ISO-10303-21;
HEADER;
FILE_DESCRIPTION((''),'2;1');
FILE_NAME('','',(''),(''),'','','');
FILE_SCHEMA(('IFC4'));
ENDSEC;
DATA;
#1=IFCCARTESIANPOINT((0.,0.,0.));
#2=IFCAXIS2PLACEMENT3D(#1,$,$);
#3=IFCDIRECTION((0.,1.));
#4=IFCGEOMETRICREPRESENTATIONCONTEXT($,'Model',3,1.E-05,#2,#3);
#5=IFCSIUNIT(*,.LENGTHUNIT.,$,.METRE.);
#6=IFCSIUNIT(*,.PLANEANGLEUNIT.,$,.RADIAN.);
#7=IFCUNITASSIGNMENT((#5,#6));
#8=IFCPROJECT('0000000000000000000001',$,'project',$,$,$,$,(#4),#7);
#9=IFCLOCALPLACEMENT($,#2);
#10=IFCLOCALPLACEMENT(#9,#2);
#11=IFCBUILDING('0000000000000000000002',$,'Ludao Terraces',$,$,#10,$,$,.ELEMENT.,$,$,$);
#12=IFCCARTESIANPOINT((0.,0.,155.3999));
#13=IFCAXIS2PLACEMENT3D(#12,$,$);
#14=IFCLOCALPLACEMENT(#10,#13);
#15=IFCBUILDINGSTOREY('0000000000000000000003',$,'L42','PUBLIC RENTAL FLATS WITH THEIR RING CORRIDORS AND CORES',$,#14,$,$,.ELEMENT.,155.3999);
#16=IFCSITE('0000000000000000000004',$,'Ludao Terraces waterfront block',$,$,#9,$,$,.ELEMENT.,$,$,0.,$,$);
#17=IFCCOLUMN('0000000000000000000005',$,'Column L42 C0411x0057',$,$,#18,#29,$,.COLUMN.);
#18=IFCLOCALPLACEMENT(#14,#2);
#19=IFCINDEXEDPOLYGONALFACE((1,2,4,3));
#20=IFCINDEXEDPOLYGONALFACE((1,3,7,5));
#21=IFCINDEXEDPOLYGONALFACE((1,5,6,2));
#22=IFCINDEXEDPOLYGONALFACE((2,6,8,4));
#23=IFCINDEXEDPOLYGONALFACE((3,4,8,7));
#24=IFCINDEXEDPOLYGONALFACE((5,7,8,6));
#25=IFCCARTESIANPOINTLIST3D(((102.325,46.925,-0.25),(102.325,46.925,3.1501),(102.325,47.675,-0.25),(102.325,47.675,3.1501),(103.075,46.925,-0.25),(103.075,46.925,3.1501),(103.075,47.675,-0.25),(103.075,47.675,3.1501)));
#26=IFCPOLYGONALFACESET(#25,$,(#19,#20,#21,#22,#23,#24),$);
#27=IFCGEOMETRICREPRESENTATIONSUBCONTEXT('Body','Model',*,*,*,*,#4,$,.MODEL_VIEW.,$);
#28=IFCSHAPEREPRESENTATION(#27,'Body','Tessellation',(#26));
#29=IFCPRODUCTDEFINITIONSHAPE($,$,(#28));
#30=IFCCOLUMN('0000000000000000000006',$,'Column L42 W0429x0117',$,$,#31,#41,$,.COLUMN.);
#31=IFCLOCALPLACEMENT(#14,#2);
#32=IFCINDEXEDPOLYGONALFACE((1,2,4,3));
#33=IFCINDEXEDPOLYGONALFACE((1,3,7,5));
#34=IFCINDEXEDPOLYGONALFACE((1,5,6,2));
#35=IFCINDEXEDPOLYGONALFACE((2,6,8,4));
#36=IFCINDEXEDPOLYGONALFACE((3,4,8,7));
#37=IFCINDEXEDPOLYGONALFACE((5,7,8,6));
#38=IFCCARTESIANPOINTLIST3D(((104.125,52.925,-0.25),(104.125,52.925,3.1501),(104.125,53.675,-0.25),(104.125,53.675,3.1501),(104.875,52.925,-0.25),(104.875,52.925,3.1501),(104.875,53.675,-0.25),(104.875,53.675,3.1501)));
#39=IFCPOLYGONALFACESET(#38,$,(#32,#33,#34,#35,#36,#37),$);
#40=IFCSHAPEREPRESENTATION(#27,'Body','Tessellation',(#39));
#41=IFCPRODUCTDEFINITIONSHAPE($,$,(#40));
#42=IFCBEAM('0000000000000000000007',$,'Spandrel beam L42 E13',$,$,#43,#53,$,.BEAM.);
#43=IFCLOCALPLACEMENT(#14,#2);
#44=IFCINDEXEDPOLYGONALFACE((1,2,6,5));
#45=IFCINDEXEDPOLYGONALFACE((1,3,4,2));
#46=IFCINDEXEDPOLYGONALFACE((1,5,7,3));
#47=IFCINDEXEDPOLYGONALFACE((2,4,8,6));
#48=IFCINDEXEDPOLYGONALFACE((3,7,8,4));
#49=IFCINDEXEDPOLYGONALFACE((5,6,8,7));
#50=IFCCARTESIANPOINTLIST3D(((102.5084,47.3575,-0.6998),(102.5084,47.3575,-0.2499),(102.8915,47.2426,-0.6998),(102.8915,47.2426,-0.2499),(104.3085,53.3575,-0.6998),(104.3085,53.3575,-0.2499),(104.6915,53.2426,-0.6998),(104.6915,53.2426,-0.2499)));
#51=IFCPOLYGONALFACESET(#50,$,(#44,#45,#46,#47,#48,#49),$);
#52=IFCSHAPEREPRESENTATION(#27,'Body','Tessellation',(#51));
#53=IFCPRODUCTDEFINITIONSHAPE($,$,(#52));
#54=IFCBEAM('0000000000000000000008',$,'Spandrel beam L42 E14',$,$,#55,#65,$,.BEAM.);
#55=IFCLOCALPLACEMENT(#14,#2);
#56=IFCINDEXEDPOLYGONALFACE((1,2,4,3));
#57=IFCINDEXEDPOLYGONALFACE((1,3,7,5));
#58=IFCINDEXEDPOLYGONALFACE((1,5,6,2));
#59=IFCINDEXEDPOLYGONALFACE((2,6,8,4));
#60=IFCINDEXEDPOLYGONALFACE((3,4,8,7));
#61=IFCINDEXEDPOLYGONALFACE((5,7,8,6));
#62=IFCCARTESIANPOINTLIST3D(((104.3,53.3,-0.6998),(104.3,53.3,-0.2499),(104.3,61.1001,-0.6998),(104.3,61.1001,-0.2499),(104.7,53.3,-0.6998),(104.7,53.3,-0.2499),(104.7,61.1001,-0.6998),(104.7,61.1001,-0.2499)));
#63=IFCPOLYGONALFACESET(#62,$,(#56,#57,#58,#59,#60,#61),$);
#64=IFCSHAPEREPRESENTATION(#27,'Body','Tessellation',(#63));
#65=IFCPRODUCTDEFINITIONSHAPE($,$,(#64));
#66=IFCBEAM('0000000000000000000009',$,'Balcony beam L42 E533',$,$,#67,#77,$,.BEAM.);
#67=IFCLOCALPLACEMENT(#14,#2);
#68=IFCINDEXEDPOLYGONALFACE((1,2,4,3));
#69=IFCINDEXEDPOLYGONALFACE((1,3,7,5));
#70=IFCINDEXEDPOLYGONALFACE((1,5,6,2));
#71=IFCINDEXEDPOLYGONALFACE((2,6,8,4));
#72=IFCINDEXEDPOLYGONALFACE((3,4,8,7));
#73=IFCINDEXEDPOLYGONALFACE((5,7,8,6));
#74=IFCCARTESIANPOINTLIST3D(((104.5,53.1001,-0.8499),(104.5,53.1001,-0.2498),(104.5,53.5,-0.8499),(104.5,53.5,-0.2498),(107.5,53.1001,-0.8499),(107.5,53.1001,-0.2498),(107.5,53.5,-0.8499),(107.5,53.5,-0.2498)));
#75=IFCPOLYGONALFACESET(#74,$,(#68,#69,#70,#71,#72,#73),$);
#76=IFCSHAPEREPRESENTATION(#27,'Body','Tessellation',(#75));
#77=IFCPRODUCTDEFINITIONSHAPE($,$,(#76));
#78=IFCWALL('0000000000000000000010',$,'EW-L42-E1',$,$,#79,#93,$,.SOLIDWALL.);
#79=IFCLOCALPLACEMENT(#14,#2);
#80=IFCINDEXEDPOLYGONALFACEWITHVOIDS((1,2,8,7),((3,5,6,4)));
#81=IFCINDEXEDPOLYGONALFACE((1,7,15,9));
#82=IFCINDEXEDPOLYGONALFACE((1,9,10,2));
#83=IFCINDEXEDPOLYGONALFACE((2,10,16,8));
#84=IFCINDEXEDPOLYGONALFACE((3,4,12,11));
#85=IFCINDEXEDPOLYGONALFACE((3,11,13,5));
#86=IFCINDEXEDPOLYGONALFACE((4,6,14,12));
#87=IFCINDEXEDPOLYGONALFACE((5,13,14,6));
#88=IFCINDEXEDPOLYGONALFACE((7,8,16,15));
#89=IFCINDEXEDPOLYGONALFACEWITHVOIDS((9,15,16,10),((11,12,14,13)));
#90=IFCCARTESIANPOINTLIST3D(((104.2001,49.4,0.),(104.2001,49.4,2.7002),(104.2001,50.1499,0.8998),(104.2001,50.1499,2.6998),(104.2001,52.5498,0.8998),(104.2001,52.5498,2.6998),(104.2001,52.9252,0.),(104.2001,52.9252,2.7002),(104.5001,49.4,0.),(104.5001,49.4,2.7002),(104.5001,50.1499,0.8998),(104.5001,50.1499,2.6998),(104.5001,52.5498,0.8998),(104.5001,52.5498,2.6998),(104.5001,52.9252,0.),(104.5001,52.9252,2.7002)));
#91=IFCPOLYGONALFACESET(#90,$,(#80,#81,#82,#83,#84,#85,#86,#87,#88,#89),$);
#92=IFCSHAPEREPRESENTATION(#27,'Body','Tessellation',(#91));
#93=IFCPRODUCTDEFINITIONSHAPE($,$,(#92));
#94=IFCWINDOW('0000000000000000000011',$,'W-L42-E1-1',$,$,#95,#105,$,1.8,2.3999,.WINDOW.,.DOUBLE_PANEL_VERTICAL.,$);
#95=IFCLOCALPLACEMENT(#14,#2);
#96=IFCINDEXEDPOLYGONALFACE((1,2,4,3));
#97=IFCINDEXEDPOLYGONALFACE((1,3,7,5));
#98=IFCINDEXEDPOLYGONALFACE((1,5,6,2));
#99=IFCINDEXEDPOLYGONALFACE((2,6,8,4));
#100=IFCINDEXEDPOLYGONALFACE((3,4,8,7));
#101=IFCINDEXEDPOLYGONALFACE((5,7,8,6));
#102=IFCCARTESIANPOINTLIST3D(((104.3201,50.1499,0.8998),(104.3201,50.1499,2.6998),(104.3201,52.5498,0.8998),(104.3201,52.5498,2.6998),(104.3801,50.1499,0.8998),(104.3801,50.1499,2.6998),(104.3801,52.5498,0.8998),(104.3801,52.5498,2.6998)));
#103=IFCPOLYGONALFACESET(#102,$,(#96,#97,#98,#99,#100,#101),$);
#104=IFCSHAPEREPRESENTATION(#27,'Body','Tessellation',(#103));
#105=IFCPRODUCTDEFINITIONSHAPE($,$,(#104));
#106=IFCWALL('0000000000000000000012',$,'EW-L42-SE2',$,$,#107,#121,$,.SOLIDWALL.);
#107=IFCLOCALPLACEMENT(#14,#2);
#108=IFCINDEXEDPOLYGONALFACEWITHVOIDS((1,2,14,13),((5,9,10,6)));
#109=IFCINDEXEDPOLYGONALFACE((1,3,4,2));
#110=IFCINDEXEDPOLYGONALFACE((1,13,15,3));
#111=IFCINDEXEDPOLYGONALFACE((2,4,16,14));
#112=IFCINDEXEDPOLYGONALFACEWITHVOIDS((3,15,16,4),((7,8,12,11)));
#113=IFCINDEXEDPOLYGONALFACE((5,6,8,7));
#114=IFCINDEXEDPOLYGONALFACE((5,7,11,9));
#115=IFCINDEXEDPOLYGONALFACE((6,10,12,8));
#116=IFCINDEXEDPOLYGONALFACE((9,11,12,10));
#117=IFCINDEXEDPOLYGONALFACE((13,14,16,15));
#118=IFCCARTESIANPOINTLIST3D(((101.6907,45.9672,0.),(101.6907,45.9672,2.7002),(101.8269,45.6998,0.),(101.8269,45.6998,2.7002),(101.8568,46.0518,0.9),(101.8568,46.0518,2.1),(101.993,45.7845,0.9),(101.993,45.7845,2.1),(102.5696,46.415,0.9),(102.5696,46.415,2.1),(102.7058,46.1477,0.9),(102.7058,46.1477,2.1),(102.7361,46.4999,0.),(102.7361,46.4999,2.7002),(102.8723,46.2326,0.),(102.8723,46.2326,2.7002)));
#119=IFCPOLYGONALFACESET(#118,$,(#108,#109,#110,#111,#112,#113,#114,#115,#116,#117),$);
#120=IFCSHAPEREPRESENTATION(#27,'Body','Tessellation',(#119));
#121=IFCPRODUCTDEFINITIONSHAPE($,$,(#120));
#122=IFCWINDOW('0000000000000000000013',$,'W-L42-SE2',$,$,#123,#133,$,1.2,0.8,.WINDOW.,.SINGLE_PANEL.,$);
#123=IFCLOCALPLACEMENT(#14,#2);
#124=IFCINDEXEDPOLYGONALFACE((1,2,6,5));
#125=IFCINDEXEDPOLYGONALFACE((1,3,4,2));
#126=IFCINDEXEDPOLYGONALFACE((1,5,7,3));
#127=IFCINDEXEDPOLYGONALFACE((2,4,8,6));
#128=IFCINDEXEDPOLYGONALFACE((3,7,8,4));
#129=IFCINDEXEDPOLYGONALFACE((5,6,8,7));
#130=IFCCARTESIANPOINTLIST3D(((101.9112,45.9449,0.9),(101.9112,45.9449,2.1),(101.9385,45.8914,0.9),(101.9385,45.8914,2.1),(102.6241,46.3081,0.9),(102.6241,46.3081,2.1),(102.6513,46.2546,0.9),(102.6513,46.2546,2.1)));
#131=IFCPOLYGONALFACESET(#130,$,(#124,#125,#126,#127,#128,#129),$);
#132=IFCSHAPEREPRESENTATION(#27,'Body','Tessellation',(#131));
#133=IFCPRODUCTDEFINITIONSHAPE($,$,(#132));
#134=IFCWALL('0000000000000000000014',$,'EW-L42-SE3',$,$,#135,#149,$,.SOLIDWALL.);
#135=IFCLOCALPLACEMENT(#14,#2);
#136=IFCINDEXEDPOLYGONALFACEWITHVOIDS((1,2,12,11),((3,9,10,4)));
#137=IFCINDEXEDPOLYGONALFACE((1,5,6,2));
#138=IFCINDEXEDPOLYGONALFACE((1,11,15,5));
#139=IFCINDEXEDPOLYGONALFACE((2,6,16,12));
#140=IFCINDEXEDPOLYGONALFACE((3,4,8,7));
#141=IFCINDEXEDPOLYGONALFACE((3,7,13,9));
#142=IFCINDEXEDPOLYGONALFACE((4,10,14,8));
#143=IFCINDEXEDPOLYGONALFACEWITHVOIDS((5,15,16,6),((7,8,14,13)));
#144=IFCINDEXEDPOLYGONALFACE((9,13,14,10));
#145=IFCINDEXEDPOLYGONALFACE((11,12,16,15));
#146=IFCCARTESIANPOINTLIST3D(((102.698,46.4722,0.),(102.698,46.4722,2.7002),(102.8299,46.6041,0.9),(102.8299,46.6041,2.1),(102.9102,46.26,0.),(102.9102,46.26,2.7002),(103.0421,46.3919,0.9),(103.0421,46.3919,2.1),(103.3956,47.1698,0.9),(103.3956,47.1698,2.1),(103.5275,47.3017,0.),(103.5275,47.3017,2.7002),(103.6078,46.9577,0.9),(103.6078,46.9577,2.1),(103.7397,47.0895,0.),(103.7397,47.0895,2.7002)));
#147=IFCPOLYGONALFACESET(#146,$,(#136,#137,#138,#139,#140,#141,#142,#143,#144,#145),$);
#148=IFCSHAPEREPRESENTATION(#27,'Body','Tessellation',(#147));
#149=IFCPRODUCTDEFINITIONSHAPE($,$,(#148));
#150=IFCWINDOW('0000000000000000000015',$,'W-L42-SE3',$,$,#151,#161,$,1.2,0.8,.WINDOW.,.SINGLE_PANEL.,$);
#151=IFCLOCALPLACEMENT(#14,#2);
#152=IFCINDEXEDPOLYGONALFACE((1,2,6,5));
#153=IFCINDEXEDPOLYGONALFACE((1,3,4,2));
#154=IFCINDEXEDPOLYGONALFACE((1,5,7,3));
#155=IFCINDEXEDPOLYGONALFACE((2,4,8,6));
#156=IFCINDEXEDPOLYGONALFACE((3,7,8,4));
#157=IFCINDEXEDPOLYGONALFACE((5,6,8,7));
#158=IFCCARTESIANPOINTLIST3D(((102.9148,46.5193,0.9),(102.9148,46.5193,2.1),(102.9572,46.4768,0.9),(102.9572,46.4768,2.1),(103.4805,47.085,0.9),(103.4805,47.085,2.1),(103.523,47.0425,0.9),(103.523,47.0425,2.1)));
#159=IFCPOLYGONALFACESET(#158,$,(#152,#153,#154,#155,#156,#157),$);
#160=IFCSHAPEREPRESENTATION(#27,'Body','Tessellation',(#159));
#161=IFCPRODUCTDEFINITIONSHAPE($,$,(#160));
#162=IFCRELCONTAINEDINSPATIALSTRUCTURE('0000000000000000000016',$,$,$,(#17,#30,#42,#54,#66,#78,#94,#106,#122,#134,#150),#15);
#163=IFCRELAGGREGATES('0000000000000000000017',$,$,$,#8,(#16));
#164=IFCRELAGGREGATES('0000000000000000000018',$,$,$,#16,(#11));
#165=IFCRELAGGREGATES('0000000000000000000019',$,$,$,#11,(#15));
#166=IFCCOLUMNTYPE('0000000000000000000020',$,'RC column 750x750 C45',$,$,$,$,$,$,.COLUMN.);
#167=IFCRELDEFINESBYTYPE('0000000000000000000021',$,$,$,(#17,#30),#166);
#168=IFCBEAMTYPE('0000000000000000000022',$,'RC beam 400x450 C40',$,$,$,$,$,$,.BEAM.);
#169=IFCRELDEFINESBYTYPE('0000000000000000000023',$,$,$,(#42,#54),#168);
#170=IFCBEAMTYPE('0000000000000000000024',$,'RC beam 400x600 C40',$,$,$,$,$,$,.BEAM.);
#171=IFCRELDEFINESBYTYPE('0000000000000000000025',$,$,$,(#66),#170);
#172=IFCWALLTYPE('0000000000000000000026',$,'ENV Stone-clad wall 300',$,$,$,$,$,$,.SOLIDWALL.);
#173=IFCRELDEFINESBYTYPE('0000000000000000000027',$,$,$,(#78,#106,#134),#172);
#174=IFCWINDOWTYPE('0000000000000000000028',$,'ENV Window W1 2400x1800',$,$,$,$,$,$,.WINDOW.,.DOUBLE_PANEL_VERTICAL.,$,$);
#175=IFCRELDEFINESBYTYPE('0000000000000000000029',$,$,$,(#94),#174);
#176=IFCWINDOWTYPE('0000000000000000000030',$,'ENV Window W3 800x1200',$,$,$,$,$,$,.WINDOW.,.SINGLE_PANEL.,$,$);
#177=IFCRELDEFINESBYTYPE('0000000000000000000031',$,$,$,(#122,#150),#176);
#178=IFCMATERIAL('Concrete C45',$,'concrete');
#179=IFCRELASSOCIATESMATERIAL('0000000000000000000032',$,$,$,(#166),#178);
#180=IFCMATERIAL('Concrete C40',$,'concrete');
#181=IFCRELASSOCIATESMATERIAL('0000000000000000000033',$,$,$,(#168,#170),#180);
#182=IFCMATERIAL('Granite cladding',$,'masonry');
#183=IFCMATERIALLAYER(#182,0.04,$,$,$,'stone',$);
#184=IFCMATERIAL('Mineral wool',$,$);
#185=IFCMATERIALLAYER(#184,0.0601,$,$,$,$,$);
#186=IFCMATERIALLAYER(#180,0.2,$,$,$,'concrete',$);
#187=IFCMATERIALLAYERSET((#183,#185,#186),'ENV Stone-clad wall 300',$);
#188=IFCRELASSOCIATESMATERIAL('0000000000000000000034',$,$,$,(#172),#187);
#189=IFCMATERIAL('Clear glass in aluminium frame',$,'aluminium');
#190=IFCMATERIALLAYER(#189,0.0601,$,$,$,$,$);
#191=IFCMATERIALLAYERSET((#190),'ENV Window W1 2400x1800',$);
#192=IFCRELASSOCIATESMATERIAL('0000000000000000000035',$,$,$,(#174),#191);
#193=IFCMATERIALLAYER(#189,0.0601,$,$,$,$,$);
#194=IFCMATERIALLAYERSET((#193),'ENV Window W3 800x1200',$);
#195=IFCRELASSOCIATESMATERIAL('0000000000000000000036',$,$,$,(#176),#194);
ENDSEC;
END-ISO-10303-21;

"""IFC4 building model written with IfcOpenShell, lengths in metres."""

from ifc_helpers import new_model, si_unit, direction, frame, frame_2d, origin, origin_2d, place, context, subcontext, project, spatial, rectangle, extrude, material, layer, layer_set, material_profile, profile_set, type_object, element, fill, save


model = new_model("IFC4")

# Units and contexts
model_context = context("Model", 3, precision=1e-05, world=origin(), true_north=direction((0.0, 1.0)))
body_context = subcontext(model_context, "Body", "Model", "MODEL_VIEW")
ifc_project = project(units=[si_unit("LENGTHUNIT", "METRE"), si_unit("PLANEANGLEUNIT", "RADIAN")], contexts=[model_context])

# Site, building, storey
site_placement = place(None, origin())
site = spatial("IfcSite", under=ifc_project, at=site_placement, Name="Ludao Terraces waterfront block", CompositionType="ELEMENT", RefElevation=0.0)
building_placement = place(site_placement, origin())
building = spatial("IfcBuilding", under=site, at=building_placement, Name="Ludao Terraces", CompositionType="ELEMENT")
storey_placement = place(building_placement, frame((0.0, 0.0, 155.3999)))
storey = spatial("IfcBuildingStorey", under=building, at=storey_placement, Name="L42", Description="PUBLIC RENTAL FLATS WITH THEIR RING CORRIDORS AND CORES", CompositionType="ELEMENT", Elevation=155.3999)

# Columns
ifc_material_1 = material(Name="Concrete C45", Category="concrete")
ifc_material_profile_1 = material_profile(ifc_material_1, rectangle(XDim=0.75, YDim=0.75, at=origin_2d()), Name="750 X 750")
ifc_profile_set_1 = profile_set([ifc_material_profile_1], Name="Concrete C45")
column_type = type_object("IfcColumnType", Name="RC column 750x750 C45", PredefinedType="COLUMN", material=ifc_profile_set_1)
for number, where, z_axis, x_axis, name in (
    (1, (102.7, 47.3, -0.25), (0.0, 0.0, 1.0), (1.0, 0.0, 0.0), "Column L42 C0411x0057"),
    (2, (104.5, 53.3, -0.25), (0.0, 0.0, 1.0), (1.0, 0.0, 0.0), "Column L42 W0429x0117"),
):
    element("IfcColumn", number, at=place(storey_placement, frame(where, z_axis=z_axis, x_axis=x_axis)), inside=storey, type_object=column_type, Name=name, PredefinedType="COLUMN", context=body_context, shape_type="SweptSolid", body=[
        extrude(rectangle(XDim=0.75, YDim=0.75, at=origin_2d()), origin(), (0.0, 0.0, 1.0), 3.4001),
    ])

# Beams
ifc_material_2 = material(Name="Concrete C40", Category="concrete")
ifc_material_profile_2 = material_profile(ifc_material_2, rectangle(XDim=0.3999, YDim=0.45, at=origin_2d()), Name="400 X 450")
ifc_profile_set_2 = profile_set([ifc_material_profile_2], Name="Concrete C40")
beam_type_1 = type_object("IfcBeamType", Name="RC beam 400x450 C40", PredefinedType="BEAM", material=ifc_profile_set_2)
beam_1_placement = place(storey_placement, frame((102.7, 47.3, -0.4749), z_axis=(0.287355, 0.957824, 0.0), x_axis=(-0.957824, 0.287355, 0.0)))
element("IfcBeam", 3, at=beam_1_placement, inside=storey, type_object=beam_type_1, Name="Spandrel beam L42 E13", PredefinedType="BEAM", context=body_context, shape_type="SweptSolid", body=[
    extrude(rectangle(XDim=0.3999, YDim=0.45, at=origin_2d()), origin(), (0.0, 0.0, 1.0), 6.2642),
])
beam_2_placement = place(storey_placement, frame((104.5, 53.3, -0.4749), z_axis=(0.0, 1.0, 0.0), x_axis=(-1.0, 0.0, 0.0)))
element("IfcBeam", 4, at=beam_2_placement, inside=storey, type_object=beam_type_1, Name="Spandrel beam L42 E14", PredefinedType="BEAM", context=body_context, shape_type="SweptSolid", body=[
    extrude(rectangle(XDim=0.3999, YDim=0.45, at=origin_2d()), origin(), (0.0, 0.0, 1.0), 7.8),
])
ifc_material_profile_3 = material_profile(ifc_material_2, rectangle(XDim=0.3999, YDim=0.6001, at=origin_2d()), Name="400 X 600")
ifc_profile_set_3 = profile_set([ifc_material_profile_3], Name="Concrete C40")
beam_type_2 = type_object("IfcBeamType", Name="RC beam 400x600 C40", PredefinedType="BEAM", material=ifc_profile_set_3)
beam_3_placement = place(storey_placement, frame((104.5, 53.3, -0.5498), z_axis=(1.0, 0.0, 0.0), x_axis=(0.0, 1.0, 0.0)))
element("IfcBeam", 5, at=beam_3_placement, inside=storey, type_object=beam_type_2, Name="Balcony beam L42 E533", PredefinedType="BEAM", context=body_context, shape_type="SweptSolid", body=[
    extrude(rectangle(XDim=0.3999, YDim=0.6001, at=origin_2d()), origin(), (0.0, 0.0, 1.0), 3.0),
])

# Walls, openings, windows
ifc_material_3 = material(Name="Granite cladding", Category="masonry")
ifc_layer_1 = layer(ifc_material_3, 0.04, Category="stone")
ifc_material_4 = material(Name="Mineral wool")
ifc_layer_2 = layer(ifc_material_4, 0.0601)
ifc_layer_3 = layer(ifc_material_2, 0.2, Category="concrete")
ifc_layer_set_1 = layer_set([ifc_layer_1, ifc_layer_2, ifc_layer_3], Name="ENV Stone-clad wall 300")
wall_type = type_object("IfcWallType", Name="ENV Stone-clad wall 300", PredefinedType="SOLIDWALL", material=ifc_layer_set_1)
wall_1_placement = place(storey_placement, frame((104.3501, 49.3999, 0.0), z_axis=(0.0, 0.0, 1.0), x_axis=(0.0, 1.0, 0.0)))
wall_1 = element("IfcWall", 6, at=wall_1_placement, inside=storey, type_object=wall_type, Name="EW-L42-E1", PredefinedType="SOLIDWALL", context=body_context, shape_type="SweptSolid", body=[
    extrude(rectangle(XDim=3.5251, YDim=0.3, at=frame_2d((1.7627, 0.0))), origin(), (0.0, 0.0, 1.0), 2.7002),
])
opening_1_placement = place(wall_1_placement, frame((0.75, 0.0, 0.8999)))
opening_1 = element("IfcOpeningElement", 7, at=opening_1_placement, cuts=wall_1, PredefinedType="OPENING", context=body_context, shape_type="SweptSolid", body=[
    extrude(rectangle(XDim=2.3999, YDim=1.8, at=frame_2d((1.2, 0.8999))), frame((0.0, 0.1602, 0.0), z_axis=(0.0, -1.0, 0.0), x_axis=(1.0, 0.0, 0.0)), (0.0, 0.0, 1.0), 0.3201),
])
ifc_material_5 = material(Name="Clear glass in aluminium frame", Category="aluminium")
ifc_layer_4 = layer(ifc_material_5, 0.0601)
ifc_layer_set_2 = layer_set([ifc_layer_4], Name="ENV Window W1 2400x1800")
window_type_1 = type_object("IfcWindowType", Name="ENV Window W1 2400x1800", PartitioningType="DOUBLE_PANEL_VERTICAL", PredefinedType="WINDOW", material=ifc_layer_set_2)
window_1_placement = place(opening_1_placement, origin())
window_1 = element("IfcWindow", 8, at=window_1_placement, inside=storey, type_object=window_type_1, Name="W-L42-E1-1", OverallHeight=1.8, OverallWidth=2.3999, PartitioningType="DOUBLE_PANEL_VERTICAL", PredefinedType="WINDOW", context=body_context, shape_type="SweptSolid", body=[
    extrude(rectangle(XDim=2.3999, YDim=1.8, at=frame_2d((1.2, 0.8999))), frame((0.0, 0.03, 0.0), z_axis=(0.0, -1.0, 0.0), x_axis=(1.0, 0.0, 0.0)), (0.0, 0.0, 1.0), 0.0601),
])
fill(opening_1, window_1)
wall_2_placement = place(storey_placement, frame((101.7588, 45.8335, 0.0), z_axis=(0.0, 0.0, 1.0), x_axis=(0.890989, 0.454026, 0.0)))
wall_2 = element("IfcWall", 9, at=wall_2_placement, inside=storey, type_object=wall_type, Name="EW-L42-SE2", PredefinedType="SOLIDWALL", context=body_context, shape_type="SweptSolid", body=[
    extrude(rectangle(XDim=1.1733, YDim=0.3, at=frame_2d((0.5867, 0.0))), origin(), (0.0, 0.0, 1.0), 2.7002),
])
opening_2_placement = place(wall_2_placement, frame((0.1865, 0.0, 0.8999)))
opening_2 = element("IfcOpeningElement", 10, at=opening_2_placement, cuts=wall_2, PredefinedType="OPENING", context=body_context, shape_type="SweptSolid", body=[
    extrude(rectangle(XDim=0.8, YDim=1.2, at=frame_2d((0.3999, 0.6001))), frame((0.0, 0.1602, 0.0), z_axis=(0.0, -1.0, 0.0), x_axis=(1.0, 0.0, 0.0)), (0.0, 0.0, 1.0), 0.3201),
])
ifc_layer_5 = layer(ifc_material_5, 0.0601)
ifc_layer_set_3 = layer_set([ifc_layer_5], Name="ENV Window W3 800x1200")
window_type_2 = type_object("IfcWindowType", Name="ENV Window W3 800x1200", PartitioningType="SINGLE_PANEL", PredefinedType="WINDOW", material=ifc_layer_set_3)
window_2_placement = place(opening_2_placement, origin())
window_2 = element("IfcWindow", 11, at=window_2_placement, inside=storey, type_object=window_type_2, Name="W-L42-SE2", OverallHeight=1.2, OverallWidth=0.8, PartitioningType="SINGLE_PANEL", PredefinedType="WINDOW", context=body_context, shape_type="SweptSolid", body=[
    extrude(rectangle(XDim=0.8, YDim=1.2, at=frame_2d((0.3999, 0.6001))), frame((0.0, 0.03, 0.0), z_axis=(0.0, -1.0, 0.0), x_axis=(1.0, 0.0, 0.0)), (0.0, 0.0, 1.0), 0.0601),
])
fill(opening_2, window_2)
wall_3_placement = place(storey_placement, frame((102.8042, 46.3662, 0.0), z_axis=(0.0, 0.0, 1.0), x_axis=(0.707107, 0.707107, 0.0)))
wall_3 = element("IfcWall", 12, at=wall_3_placement, inside=storey, type_object=wall_type, Name="EW-L42-SE3", PredefinedType="SOLIDWALL", context=body_context, shape_type="SweptSolid", body=[
    extrude(rectangle(XDim=1.1731, YDim=0.3, at=frame_2d((0.5864, 0.0))), origin(), (0.0, 0.0, 1.0), 2.7002),
])
opening_3_placement = place(wall_3_placement, frame((0.1865, 0.0, 0.8999)))
opening_3 = element("IfcOpeningElement", 13, at=opening_3_placement, cuts=wall_3, PredefinedType="OPENING", context=body_context, shape_type="SweptSolid", body=[
    extrude(rectangle(XDim=0.8, YDim=1.2, at=frame_2d((0.3999, 0.6001))), frame((0.0, 0.1602, 0.0), z_axis=(0.0, -1.0, 0.0), x_axis=(1.0, 0.0, 0.0)), (0.0, 0.0, 1.0), 0.3201),
])
window_3_placement = place(opening_3_placement, origin())
window_3 = element("IfcWindow", 14, at=window_3_placement, inside=storey, type_object=window_type_2, Name="W-L42-SE3", OverallHeight=1.2, OverallWidth=0.8, PartitioningType="SINGLE_PANEL", PredefinedType="WINDOW", context=body_context, shape_type="SweptSolid", body=[
    extrude(rectangle(XDim=0.8, YDim=1.2, at=frame_2d((0.3999, 0.6001))), frame((0.0, 0.03, 0.0), z_axis=(0.0, -1.0, 0.0), x_axis=(1.0, 0.0, 0.0)), (0.0, 0.0, 1.0), 0.0601),
])
fill(opening_3, window_3)

save(model, "model.ifc")
